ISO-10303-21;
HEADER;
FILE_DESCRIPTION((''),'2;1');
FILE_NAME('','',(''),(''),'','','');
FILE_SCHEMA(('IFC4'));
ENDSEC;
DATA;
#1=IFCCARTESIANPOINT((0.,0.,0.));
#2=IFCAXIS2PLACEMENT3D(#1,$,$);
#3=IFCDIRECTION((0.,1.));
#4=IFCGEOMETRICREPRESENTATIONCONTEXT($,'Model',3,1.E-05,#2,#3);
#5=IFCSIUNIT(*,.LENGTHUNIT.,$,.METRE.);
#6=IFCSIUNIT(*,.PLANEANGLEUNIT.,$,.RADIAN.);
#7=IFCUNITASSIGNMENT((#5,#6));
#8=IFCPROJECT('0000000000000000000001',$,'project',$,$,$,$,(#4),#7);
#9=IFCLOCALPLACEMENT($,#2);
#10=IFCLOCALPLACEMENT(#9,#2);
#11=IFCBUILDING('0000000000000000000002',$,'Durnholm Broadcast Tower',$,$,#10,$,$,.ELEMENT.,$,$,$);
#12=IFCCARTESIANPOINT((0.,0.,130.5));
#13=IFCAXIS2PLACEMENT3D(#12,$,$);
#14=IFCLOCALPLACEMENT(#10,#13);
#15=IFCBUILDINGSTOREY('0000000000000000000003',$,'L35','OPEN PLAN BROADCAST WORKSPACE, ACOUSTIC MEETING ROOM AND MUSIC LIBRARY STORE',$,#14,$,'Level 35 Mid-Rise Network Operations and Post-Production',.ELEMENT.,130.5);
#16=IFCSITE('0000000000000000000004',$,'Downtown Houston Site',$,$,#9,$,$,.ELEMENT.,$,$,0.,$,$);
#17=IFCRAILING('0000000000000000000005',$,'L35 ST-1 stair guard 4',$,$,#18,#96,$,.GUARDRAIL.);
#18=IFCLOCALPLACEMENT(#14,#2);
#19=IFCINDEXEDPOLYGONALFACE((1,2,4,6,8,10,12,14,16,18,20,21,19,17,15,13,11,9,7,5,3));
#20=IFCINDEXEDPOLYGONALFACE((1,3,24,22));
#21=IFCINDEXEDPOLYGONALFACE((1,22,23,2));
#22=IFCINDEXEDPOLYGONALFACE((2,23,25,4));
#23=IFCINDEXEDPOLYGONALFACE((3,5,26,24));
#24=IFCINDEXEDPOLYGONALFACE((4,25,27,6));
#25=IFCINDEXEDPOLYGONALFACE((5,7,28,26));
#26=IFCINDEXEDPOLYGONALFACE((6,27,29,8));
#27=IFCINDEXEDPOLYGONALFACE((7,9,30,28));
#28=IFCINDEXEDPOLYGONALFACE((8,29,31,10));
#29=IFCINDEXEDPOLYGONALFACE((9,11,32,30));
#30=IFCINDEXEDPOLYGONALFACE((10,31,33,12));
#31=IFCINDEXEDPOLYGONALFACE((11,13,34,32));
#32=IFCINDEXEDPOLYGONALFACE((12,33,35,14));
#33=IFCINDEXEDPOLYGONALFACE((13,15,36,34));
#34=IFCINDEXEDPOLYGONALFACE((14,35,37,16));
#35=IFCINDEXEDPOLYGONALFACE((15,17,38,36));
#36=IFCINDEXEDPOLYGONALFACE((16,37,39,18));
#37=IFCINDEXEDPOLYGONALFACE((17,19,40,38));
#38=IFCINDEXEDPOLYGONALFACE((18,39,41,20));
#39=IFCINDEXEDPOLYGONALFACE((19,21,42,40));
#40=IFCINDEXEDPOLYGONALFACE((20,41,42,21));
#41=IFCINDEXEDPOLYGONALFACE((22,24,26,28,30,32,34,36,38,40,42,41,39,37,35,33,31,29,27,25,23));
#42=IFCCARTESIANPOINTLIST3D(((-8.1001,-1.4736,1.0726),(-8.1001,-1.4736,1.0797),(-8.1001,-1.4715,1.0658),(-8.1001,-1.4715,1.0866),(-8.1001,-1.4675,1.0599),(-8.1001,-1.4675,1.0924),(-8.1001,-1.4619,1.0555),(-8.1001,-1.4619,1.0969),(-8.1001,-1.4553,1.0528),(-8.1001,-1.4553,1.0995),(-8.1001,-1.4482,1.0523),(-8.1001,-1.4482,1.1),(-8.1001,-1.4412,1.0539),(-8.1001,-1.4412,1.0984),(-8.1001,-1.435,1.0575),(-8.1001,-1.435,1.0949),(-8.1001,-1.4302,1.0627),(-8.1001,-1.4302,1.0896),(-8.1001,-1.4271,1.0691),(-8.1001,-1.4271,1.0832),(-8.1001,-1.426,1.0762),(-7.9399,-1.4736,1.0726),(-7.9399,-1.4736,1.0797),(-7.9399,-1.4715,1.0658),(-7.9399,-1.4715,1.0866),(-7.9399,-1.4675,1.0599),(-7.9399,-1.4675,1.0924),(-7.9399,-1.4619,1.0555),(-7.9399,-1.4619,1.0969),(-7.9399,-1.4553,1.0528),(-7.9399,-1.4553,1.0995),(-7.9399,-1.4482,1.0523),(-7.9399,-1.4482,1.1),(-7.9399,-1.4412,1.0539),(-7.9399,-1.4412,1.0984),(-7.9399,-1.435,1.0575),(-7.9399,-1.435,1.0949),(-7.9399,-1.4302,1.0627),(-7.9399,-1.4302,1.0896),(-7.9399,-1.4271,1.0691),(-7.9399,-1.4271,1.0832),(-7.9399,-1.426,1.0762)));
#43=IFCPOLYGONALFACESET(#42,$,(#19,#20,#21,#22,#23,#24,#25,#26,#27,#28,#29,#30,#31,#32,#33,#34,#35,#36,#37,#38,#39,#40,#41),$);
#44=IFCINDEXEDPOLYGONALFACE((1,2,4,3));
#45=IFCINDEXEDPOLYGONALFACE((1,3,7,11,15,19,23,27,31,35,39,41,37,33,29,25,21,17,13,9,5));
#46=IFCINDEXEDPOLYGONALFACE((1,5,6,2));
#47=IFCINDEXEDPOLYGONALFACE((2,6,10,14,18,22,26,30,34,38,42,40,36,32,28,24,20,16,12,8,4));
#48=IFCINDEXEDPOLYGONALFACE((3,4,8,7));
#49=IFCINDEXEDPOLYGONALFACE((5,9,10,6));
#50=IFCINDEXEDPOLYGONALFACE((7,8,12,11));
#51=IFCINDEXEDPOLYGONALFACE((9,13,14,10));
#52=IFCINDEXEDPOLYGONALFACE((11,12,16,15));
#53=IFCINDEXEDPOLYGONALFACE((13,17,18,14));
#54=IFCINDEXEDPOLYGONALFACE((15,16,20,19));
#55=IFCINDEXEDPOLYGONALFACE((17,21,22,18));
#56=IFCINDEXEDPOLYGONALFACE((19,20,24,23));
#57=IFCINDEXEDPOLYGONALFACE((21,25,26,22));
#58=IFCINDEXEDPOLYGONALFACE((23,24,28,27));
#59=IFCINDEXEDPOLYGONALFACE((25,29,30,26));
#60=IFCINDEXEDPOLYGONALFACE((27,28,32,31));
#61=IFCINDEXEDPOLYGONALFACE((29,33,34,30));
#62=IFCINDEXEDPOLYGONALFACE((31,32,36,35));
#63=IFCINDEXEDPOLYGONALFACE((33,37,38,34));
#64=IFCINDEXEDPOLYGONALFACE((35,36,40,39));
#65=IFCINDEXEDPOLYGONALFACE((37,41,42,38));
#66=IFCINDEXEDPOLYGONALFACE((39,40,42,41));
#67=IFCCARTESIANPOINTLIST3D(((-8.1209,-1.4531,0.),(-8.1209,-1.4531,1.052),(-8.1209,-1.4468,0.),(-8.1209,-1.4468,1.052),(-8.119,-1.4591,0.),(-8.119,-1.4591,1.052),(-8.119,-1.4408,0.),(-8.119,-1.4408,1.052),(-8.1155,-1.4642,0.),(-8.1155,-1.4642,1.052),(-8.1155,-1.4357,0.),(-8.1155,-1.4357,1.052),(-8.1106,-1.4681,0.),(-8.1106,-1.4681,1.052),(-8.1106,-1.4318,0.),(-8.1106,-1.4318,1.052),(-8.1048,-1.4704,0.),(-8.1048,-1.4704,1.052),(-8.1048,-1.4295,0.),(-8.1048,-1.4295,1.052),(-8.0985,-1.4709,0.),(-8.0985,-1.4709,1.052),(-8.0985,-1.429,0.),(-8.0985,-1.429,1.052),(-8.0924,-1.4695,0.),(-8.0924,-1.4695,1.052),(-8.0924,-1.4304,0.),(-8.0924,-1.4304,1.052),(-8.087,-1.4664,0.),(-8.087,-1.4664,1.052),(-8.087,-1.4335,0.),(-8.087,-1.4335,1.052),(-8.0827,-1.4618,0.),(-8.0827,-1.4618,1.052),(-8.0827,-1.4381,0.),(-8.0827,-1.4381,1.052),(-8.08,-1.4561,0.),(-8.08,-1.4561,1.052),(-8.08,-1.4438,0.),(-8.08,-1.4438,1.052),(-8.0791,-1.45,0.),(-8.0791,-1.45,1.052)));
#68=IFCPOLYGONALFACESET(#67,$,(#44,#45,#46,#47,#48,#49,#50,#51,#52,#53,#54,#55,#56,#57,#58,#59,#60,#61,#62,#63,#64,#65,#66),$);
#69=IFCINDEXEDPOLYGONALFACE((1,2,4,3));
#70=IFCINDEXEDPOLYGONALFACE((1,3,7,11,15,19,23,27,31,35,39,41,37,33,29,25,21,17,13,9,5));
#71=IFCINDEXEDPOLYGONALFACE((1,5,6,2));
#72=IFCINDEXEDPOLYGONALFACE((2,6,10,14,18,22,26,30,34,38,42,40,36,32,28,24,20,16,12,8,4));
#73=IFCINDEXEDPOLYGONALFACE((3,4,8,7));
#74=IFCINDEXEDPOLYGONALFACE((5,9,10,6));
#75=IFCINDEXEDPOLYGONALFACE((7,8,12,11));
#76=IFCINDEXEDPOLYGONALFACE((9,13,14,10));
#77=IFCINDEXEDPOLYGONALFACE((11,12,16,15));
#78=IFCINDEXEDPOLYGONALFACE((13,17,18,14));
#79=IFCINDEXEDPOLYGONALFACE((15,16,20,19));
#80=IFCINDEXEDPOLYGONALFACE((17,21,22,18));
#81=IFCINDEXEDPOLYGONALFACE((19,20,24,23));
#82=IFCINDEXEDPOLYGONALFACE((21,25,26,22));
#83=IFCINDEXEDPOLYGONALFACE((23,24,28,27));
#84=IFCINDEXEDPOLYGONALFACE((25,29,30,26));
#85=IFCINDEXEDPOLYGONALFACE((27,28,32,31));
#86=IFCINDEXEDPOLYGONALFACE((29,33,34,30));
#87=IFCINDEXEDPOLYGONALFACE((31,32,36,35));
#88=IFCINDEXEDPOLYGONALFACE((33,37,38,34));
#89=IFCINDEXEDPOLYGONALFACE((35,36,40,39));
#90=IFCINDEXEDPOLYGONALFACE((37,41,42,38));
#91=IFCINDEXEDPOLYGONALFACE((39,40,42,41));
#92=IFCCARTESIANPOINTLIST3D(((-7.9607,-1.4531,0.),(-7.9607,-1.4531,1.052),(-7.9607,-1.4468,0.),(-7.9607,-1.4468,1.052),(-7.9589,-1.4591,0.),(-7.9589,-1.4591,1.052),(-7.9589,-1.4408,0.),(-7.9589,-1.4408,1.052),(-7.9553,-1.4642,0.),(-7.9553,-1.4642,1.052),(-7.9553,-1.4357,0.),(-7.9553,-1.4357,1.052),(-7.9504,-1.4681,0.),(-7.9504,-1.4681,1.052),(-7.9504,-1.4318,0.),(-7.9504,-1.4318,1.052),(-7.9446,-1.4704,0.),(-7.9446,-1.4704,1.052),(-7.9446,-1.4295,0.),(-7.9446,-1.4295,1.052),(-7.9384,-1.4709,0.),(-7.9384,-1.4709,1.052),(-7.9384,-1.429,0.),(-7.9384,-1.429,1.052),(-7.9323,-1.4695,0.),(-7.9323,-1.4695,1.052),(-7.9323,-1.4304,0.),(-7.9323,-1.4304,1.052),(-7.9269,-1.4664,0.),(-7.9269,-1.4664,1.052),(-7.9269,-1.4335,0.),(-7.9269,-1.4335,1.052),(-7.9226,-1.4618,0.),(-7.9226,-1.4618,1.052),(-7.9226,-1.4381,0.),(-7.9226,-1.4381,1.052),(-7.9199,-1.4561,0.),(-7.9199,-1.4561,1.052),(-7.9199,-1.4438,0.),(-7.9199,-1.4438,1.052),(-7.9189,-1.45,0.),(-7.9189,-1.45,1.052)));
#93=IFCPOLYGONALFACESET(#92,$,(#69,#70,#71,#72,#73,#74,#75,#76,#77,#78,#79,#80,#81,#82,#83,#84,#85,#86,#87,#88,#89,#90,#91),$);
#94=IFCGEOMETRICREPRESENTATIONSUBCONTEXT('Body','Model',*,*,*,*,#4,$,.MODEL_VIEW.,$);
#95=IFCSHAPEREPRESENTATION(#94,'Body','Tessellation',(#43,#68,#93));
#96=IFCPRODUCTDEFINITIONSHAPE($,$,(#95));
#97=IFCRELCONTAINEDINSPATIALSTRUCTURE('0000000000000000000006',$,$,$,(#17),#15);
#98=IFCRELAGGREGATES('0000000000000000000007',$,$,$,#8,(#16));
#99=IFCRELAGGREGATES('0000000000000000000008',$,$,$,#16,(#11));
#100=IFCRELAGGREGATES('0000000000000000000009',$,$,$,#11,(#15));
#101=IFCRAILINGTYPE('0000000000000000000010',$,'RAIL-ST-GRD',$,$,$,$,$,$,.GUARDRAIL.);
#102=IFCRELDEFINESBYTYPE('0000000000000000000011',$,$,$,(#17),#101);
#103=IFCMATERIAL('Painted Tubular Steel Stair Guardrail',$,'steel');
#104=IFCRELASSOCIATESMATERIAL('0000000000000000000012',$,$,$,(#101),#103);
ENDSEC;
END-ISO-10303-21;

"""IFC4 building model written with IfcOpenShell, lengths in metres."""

from ifc_helpers import new_model, si_unit, direction, frame, origin, origin_2d, place, context, subcontext, project, spatial, circle, extrude, material, type_object, element, save


model = new_model("IFC4")

# Units and contexts
model_context = context("Model", 3, precision=1e-05, world=origin(), true_north=direction((0.0, 1.0)))
body_context = subcontext(model_context, "Body", "Model", "MODEL_VIEW")
ifc_project = project(units=[si_unit("LENGTHUNIT", "METRE"), si_unit("PLANEANGLEUNIT", "RADIAN")], contexts=[model_context])

# Site, building, storey
site_placement = place(None, origin())
site = spatial("IfcSite", under=ifc_project, at=site_placement, Name="Downtown Houston Site", CompositionType="ELEMENT", RefElevation=0.0)
building_placement = place(site_placement, origin())
building = spatial("IfcBuilding", under=site, at=building_placement, Name="Durnholm Broadcast Tower", CompositionType="ELEMENT")
storey_placement = place(building_placement, frame((0.0, 0.0, 130.5)))
storey = spatial("IfcBuildingStorey", under=building, at=storey_placement, Name="L35", Description="OPEN PLAN BROADCAST WORKSPACE, ACOUSTIC MEETING ROOM AND MUSIC LIBRARY STORE", LongName="Level 35 Mid-Rise Network Operations and Post-Production", CompositionType="ELEMENT", Elevation=130.5)

# Railing
ifc_material_1 = material(Name="Painted Tubular Steel Stair Guardrail", Category="steel")
railing_type_1 = type_object("IfcRailingType", Name="RAIL-ST-GRD", PredefinedType="GUARDRAIL", material=ifc_material_1)
railing_1_placement = place(storey_placement, frame((-8.1001, -1.45, 0.0)))
element("IfcRailing", 1, at=railing_1_placement, inside=storey, type_object=railing_type_1, Name="L35 ST-1 stair guard 4", PredefinedType="GUARDRAIL", context=body_context, shape_type="SweptSolid", body=[
    extrude(circle(Radius=0.0239, at=origin_2d()), frame((0.0, 0.0, 1.0762), z_axis=(1.0, 0.0, 0.0), x_axis=(0.0, 1.0, 0.0)), (0.0, 0.0, 1.0), 0.1602),
    extrude(circle(Radius=0.021, at=origin_2d()), origin(), (0.0, 0.0, 1.0), 1.052),
    extrude(circle(Radius=0.021, at=origin_2d()), frame((0.1602, 0.0, 0.0)), (0.0, 0.0, 1.0), 1.052),
])

save(model, "model.ifc")
